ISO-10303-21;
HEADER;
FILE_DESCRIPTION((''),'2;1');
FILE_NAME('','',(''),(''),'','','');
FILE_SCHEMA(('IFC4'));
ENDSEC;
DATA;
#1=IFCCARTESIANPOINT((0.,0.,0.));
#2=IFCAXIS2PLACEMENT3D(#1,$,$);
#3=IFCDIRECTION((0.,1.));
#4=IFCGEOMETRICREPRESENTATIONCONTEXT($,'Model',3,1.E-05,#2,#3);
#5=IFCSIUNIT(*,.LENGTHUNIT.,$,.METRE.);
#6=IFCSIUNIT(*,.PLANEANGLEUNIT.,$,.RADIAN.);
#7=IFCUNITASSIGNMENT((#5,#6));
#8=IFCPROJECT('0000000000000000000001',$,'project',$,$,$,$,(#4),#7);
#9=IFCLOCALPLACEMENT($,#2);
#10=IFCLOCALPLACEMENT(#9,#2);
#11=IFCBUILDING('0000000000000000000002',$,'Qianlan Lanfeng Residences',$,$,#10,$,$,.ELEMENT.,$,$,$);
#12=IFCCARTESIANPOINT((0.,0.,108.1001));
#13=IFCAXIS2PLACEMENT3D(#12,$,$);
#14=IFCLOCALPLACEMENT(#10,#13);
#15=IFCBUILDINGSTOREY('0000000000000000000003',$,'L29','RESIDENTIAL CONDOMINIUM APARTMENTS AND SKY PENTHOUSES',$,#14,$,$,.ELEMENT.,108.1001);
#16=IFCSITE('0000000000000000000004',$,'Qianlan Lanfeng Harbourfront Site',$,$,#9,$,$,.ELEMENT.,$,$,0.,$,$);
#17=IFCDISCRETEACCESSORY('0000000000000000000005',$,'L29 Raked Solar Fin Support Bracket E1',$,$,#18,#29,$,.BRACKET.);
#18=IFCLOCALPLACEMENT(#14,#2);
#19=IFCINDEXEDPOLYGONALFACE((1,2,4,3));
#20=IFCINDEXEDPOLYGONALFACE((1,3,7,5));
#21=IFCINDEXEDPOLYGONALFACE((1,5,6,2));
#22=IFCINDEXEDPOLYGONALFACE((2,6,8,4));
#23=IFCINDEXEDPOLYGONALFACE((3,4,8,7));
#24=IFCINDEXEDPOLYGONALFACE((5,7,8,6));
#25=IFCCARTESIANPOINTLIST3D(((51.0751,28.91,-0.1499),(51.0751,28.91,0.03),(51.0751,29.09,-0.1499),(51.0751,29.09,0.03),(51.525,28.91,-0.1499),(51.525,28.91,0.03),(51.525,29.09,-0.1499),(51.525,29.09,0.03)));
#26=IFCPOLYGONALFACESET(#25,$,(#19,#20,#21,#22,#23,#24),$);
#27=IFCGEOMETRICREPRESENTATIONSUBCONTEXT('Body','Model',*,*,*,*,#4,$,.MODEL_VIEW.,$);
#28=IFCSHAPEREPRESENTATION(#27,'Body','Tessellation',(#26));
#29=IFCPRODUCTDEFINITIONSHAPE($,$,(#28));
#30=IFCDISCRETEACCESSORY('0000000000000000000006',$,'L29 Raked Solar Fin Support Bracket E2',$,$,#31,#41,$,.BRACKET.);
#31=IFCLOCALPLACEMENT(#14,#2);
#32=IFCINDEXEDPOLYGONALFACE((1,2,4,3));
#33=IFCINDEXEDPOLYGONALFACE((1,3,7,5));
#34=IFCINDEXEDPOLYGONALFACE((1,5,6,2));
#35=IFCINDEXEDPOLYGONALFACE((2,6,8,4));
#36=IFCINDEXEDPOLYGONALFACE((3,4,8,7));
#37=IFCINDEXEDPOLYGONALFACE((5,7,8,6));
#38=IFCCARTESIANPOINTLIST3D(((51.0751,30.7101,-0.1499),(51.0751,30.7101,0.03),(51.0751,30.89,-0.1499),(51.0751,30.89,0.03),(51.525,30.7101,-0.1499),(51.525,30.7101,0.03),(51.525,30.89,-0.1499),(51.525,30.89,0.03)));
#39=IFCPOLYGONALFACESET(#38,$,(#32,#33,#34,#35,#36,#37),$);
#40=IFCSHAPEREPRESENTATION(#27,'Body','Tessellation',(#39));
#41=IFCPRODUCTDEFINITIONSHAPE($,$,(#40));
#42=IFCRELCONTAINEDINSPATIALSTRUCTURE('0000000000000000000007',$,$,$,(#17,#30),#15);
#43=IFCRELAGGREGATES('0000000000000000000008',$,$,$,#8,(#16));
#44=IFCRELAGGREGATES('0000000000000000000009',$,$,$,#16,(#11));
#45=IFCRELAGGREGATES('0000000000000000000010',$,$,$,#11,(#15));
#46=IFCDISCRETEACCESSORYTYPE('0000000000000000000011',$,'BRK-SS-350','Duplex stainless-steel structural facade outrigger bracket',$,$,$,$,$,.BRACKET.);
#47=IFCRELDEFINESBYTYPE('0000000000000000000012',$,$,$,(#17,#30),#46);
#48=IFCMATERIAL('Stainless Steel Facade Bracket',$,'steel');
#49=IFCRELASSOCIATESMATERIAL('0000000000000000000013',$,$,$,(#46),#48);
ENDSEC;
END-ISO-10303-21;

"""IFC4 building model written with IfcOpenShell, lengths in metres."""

from ifc_helpers import new_model, si_unit, direction, frame, origin, origin_2d, place, context, subcontext, project, spatial, rectangle, extrude, source, transform, mapped, material, type_object, element, save


model = new_model("IFC4")

# Units and contexts
model_context = context("Model", 3, precision=1e-05, world=origin(), true_north=direction((0.0, 1.0)))
body_context = subcontext(model_context, "Body", "Model", "MODEL_VIEW")
ifc_project = project(units=[si_unit("LENGTHUNIT", "METRE"), si_unit("PLANEANGLEUNIT", "RADIAN")], contexts=[model_context])

# Site, building, storey
site_placement = place(None, origin())
site = spatial("IfcSite", under=ifc_project, at=site_placement, Name="Qianlan Lanfeng Harbourfront Site", CompositionType="ELEMENT", RefElevation=0.0)
building_placement = place(site_placement, origin())
building = spatial("IfcBuilding", under=site, at=building_placement, Name="Qianlan Lanfeng Residences", CompositionType="ELEMENT")
storey_placement = place(building_placement, frame((0.0, 0.0, 108.1001)))
storey = spatial("IfcBuildingStorey", under=building, at=storey_placement, Name="L29", Description="RESIDENTIAL CONDOMINIUM APARTMENTS AND SKY PENTHOUSES", CompositionType="ELEMENT", Elevation=108.1001)

# Discrete accessories
ifc_material_1 = material(Name="Stainless Steel Facade Bracket", Category="steel")
discrete_accessory_type = type_object("IfcDiscreteAccessoryType", Name="BRK-SS-350", Description="Duplex stainless-steel structural facade outrigger bracket", PredefinedType="BRACKET", material=ifc_material_1)
shared_shape_1 = source(origin(), body_context, "Body", "SweptSolid", [
    extrude(rectangle(XDim=0.45, YDim=0.1799, at=origin_2d()), origin(), (0.0, 0.0, 1.0), 0.1799),
])
for number, where, z_axis, x_axis, name in (
    (1, (51.3, 29.0, -0.1499), (0.0, 0.0, 1.0), (1.0, 0.0, 0.0), "L29 Raked Solar Fin Support Bracket E1"),
    (2, (51.3, 30.8, -0.1499), (0.0, 0.0, 1.0), (1.0, 0.0, 0.0), "L29 Raked Solar Fin Support Bracket E2"),
):
    element("IfcDiscreteAccessory", number, at=place(storey_placement, frame(where, z_axis=z_axis, x_axis=x_axis)), inside=storey, type_object=discrete_accessory_type, Name=name, PredefinedType="BRACKET", context=body_context, shape_type="MappedRepresentation", body=[
        mapped(shared_shape_1, transform((0.0, 0.0, 0.0), scale=1.0)),
    ])

save(model, "model.ifc")
